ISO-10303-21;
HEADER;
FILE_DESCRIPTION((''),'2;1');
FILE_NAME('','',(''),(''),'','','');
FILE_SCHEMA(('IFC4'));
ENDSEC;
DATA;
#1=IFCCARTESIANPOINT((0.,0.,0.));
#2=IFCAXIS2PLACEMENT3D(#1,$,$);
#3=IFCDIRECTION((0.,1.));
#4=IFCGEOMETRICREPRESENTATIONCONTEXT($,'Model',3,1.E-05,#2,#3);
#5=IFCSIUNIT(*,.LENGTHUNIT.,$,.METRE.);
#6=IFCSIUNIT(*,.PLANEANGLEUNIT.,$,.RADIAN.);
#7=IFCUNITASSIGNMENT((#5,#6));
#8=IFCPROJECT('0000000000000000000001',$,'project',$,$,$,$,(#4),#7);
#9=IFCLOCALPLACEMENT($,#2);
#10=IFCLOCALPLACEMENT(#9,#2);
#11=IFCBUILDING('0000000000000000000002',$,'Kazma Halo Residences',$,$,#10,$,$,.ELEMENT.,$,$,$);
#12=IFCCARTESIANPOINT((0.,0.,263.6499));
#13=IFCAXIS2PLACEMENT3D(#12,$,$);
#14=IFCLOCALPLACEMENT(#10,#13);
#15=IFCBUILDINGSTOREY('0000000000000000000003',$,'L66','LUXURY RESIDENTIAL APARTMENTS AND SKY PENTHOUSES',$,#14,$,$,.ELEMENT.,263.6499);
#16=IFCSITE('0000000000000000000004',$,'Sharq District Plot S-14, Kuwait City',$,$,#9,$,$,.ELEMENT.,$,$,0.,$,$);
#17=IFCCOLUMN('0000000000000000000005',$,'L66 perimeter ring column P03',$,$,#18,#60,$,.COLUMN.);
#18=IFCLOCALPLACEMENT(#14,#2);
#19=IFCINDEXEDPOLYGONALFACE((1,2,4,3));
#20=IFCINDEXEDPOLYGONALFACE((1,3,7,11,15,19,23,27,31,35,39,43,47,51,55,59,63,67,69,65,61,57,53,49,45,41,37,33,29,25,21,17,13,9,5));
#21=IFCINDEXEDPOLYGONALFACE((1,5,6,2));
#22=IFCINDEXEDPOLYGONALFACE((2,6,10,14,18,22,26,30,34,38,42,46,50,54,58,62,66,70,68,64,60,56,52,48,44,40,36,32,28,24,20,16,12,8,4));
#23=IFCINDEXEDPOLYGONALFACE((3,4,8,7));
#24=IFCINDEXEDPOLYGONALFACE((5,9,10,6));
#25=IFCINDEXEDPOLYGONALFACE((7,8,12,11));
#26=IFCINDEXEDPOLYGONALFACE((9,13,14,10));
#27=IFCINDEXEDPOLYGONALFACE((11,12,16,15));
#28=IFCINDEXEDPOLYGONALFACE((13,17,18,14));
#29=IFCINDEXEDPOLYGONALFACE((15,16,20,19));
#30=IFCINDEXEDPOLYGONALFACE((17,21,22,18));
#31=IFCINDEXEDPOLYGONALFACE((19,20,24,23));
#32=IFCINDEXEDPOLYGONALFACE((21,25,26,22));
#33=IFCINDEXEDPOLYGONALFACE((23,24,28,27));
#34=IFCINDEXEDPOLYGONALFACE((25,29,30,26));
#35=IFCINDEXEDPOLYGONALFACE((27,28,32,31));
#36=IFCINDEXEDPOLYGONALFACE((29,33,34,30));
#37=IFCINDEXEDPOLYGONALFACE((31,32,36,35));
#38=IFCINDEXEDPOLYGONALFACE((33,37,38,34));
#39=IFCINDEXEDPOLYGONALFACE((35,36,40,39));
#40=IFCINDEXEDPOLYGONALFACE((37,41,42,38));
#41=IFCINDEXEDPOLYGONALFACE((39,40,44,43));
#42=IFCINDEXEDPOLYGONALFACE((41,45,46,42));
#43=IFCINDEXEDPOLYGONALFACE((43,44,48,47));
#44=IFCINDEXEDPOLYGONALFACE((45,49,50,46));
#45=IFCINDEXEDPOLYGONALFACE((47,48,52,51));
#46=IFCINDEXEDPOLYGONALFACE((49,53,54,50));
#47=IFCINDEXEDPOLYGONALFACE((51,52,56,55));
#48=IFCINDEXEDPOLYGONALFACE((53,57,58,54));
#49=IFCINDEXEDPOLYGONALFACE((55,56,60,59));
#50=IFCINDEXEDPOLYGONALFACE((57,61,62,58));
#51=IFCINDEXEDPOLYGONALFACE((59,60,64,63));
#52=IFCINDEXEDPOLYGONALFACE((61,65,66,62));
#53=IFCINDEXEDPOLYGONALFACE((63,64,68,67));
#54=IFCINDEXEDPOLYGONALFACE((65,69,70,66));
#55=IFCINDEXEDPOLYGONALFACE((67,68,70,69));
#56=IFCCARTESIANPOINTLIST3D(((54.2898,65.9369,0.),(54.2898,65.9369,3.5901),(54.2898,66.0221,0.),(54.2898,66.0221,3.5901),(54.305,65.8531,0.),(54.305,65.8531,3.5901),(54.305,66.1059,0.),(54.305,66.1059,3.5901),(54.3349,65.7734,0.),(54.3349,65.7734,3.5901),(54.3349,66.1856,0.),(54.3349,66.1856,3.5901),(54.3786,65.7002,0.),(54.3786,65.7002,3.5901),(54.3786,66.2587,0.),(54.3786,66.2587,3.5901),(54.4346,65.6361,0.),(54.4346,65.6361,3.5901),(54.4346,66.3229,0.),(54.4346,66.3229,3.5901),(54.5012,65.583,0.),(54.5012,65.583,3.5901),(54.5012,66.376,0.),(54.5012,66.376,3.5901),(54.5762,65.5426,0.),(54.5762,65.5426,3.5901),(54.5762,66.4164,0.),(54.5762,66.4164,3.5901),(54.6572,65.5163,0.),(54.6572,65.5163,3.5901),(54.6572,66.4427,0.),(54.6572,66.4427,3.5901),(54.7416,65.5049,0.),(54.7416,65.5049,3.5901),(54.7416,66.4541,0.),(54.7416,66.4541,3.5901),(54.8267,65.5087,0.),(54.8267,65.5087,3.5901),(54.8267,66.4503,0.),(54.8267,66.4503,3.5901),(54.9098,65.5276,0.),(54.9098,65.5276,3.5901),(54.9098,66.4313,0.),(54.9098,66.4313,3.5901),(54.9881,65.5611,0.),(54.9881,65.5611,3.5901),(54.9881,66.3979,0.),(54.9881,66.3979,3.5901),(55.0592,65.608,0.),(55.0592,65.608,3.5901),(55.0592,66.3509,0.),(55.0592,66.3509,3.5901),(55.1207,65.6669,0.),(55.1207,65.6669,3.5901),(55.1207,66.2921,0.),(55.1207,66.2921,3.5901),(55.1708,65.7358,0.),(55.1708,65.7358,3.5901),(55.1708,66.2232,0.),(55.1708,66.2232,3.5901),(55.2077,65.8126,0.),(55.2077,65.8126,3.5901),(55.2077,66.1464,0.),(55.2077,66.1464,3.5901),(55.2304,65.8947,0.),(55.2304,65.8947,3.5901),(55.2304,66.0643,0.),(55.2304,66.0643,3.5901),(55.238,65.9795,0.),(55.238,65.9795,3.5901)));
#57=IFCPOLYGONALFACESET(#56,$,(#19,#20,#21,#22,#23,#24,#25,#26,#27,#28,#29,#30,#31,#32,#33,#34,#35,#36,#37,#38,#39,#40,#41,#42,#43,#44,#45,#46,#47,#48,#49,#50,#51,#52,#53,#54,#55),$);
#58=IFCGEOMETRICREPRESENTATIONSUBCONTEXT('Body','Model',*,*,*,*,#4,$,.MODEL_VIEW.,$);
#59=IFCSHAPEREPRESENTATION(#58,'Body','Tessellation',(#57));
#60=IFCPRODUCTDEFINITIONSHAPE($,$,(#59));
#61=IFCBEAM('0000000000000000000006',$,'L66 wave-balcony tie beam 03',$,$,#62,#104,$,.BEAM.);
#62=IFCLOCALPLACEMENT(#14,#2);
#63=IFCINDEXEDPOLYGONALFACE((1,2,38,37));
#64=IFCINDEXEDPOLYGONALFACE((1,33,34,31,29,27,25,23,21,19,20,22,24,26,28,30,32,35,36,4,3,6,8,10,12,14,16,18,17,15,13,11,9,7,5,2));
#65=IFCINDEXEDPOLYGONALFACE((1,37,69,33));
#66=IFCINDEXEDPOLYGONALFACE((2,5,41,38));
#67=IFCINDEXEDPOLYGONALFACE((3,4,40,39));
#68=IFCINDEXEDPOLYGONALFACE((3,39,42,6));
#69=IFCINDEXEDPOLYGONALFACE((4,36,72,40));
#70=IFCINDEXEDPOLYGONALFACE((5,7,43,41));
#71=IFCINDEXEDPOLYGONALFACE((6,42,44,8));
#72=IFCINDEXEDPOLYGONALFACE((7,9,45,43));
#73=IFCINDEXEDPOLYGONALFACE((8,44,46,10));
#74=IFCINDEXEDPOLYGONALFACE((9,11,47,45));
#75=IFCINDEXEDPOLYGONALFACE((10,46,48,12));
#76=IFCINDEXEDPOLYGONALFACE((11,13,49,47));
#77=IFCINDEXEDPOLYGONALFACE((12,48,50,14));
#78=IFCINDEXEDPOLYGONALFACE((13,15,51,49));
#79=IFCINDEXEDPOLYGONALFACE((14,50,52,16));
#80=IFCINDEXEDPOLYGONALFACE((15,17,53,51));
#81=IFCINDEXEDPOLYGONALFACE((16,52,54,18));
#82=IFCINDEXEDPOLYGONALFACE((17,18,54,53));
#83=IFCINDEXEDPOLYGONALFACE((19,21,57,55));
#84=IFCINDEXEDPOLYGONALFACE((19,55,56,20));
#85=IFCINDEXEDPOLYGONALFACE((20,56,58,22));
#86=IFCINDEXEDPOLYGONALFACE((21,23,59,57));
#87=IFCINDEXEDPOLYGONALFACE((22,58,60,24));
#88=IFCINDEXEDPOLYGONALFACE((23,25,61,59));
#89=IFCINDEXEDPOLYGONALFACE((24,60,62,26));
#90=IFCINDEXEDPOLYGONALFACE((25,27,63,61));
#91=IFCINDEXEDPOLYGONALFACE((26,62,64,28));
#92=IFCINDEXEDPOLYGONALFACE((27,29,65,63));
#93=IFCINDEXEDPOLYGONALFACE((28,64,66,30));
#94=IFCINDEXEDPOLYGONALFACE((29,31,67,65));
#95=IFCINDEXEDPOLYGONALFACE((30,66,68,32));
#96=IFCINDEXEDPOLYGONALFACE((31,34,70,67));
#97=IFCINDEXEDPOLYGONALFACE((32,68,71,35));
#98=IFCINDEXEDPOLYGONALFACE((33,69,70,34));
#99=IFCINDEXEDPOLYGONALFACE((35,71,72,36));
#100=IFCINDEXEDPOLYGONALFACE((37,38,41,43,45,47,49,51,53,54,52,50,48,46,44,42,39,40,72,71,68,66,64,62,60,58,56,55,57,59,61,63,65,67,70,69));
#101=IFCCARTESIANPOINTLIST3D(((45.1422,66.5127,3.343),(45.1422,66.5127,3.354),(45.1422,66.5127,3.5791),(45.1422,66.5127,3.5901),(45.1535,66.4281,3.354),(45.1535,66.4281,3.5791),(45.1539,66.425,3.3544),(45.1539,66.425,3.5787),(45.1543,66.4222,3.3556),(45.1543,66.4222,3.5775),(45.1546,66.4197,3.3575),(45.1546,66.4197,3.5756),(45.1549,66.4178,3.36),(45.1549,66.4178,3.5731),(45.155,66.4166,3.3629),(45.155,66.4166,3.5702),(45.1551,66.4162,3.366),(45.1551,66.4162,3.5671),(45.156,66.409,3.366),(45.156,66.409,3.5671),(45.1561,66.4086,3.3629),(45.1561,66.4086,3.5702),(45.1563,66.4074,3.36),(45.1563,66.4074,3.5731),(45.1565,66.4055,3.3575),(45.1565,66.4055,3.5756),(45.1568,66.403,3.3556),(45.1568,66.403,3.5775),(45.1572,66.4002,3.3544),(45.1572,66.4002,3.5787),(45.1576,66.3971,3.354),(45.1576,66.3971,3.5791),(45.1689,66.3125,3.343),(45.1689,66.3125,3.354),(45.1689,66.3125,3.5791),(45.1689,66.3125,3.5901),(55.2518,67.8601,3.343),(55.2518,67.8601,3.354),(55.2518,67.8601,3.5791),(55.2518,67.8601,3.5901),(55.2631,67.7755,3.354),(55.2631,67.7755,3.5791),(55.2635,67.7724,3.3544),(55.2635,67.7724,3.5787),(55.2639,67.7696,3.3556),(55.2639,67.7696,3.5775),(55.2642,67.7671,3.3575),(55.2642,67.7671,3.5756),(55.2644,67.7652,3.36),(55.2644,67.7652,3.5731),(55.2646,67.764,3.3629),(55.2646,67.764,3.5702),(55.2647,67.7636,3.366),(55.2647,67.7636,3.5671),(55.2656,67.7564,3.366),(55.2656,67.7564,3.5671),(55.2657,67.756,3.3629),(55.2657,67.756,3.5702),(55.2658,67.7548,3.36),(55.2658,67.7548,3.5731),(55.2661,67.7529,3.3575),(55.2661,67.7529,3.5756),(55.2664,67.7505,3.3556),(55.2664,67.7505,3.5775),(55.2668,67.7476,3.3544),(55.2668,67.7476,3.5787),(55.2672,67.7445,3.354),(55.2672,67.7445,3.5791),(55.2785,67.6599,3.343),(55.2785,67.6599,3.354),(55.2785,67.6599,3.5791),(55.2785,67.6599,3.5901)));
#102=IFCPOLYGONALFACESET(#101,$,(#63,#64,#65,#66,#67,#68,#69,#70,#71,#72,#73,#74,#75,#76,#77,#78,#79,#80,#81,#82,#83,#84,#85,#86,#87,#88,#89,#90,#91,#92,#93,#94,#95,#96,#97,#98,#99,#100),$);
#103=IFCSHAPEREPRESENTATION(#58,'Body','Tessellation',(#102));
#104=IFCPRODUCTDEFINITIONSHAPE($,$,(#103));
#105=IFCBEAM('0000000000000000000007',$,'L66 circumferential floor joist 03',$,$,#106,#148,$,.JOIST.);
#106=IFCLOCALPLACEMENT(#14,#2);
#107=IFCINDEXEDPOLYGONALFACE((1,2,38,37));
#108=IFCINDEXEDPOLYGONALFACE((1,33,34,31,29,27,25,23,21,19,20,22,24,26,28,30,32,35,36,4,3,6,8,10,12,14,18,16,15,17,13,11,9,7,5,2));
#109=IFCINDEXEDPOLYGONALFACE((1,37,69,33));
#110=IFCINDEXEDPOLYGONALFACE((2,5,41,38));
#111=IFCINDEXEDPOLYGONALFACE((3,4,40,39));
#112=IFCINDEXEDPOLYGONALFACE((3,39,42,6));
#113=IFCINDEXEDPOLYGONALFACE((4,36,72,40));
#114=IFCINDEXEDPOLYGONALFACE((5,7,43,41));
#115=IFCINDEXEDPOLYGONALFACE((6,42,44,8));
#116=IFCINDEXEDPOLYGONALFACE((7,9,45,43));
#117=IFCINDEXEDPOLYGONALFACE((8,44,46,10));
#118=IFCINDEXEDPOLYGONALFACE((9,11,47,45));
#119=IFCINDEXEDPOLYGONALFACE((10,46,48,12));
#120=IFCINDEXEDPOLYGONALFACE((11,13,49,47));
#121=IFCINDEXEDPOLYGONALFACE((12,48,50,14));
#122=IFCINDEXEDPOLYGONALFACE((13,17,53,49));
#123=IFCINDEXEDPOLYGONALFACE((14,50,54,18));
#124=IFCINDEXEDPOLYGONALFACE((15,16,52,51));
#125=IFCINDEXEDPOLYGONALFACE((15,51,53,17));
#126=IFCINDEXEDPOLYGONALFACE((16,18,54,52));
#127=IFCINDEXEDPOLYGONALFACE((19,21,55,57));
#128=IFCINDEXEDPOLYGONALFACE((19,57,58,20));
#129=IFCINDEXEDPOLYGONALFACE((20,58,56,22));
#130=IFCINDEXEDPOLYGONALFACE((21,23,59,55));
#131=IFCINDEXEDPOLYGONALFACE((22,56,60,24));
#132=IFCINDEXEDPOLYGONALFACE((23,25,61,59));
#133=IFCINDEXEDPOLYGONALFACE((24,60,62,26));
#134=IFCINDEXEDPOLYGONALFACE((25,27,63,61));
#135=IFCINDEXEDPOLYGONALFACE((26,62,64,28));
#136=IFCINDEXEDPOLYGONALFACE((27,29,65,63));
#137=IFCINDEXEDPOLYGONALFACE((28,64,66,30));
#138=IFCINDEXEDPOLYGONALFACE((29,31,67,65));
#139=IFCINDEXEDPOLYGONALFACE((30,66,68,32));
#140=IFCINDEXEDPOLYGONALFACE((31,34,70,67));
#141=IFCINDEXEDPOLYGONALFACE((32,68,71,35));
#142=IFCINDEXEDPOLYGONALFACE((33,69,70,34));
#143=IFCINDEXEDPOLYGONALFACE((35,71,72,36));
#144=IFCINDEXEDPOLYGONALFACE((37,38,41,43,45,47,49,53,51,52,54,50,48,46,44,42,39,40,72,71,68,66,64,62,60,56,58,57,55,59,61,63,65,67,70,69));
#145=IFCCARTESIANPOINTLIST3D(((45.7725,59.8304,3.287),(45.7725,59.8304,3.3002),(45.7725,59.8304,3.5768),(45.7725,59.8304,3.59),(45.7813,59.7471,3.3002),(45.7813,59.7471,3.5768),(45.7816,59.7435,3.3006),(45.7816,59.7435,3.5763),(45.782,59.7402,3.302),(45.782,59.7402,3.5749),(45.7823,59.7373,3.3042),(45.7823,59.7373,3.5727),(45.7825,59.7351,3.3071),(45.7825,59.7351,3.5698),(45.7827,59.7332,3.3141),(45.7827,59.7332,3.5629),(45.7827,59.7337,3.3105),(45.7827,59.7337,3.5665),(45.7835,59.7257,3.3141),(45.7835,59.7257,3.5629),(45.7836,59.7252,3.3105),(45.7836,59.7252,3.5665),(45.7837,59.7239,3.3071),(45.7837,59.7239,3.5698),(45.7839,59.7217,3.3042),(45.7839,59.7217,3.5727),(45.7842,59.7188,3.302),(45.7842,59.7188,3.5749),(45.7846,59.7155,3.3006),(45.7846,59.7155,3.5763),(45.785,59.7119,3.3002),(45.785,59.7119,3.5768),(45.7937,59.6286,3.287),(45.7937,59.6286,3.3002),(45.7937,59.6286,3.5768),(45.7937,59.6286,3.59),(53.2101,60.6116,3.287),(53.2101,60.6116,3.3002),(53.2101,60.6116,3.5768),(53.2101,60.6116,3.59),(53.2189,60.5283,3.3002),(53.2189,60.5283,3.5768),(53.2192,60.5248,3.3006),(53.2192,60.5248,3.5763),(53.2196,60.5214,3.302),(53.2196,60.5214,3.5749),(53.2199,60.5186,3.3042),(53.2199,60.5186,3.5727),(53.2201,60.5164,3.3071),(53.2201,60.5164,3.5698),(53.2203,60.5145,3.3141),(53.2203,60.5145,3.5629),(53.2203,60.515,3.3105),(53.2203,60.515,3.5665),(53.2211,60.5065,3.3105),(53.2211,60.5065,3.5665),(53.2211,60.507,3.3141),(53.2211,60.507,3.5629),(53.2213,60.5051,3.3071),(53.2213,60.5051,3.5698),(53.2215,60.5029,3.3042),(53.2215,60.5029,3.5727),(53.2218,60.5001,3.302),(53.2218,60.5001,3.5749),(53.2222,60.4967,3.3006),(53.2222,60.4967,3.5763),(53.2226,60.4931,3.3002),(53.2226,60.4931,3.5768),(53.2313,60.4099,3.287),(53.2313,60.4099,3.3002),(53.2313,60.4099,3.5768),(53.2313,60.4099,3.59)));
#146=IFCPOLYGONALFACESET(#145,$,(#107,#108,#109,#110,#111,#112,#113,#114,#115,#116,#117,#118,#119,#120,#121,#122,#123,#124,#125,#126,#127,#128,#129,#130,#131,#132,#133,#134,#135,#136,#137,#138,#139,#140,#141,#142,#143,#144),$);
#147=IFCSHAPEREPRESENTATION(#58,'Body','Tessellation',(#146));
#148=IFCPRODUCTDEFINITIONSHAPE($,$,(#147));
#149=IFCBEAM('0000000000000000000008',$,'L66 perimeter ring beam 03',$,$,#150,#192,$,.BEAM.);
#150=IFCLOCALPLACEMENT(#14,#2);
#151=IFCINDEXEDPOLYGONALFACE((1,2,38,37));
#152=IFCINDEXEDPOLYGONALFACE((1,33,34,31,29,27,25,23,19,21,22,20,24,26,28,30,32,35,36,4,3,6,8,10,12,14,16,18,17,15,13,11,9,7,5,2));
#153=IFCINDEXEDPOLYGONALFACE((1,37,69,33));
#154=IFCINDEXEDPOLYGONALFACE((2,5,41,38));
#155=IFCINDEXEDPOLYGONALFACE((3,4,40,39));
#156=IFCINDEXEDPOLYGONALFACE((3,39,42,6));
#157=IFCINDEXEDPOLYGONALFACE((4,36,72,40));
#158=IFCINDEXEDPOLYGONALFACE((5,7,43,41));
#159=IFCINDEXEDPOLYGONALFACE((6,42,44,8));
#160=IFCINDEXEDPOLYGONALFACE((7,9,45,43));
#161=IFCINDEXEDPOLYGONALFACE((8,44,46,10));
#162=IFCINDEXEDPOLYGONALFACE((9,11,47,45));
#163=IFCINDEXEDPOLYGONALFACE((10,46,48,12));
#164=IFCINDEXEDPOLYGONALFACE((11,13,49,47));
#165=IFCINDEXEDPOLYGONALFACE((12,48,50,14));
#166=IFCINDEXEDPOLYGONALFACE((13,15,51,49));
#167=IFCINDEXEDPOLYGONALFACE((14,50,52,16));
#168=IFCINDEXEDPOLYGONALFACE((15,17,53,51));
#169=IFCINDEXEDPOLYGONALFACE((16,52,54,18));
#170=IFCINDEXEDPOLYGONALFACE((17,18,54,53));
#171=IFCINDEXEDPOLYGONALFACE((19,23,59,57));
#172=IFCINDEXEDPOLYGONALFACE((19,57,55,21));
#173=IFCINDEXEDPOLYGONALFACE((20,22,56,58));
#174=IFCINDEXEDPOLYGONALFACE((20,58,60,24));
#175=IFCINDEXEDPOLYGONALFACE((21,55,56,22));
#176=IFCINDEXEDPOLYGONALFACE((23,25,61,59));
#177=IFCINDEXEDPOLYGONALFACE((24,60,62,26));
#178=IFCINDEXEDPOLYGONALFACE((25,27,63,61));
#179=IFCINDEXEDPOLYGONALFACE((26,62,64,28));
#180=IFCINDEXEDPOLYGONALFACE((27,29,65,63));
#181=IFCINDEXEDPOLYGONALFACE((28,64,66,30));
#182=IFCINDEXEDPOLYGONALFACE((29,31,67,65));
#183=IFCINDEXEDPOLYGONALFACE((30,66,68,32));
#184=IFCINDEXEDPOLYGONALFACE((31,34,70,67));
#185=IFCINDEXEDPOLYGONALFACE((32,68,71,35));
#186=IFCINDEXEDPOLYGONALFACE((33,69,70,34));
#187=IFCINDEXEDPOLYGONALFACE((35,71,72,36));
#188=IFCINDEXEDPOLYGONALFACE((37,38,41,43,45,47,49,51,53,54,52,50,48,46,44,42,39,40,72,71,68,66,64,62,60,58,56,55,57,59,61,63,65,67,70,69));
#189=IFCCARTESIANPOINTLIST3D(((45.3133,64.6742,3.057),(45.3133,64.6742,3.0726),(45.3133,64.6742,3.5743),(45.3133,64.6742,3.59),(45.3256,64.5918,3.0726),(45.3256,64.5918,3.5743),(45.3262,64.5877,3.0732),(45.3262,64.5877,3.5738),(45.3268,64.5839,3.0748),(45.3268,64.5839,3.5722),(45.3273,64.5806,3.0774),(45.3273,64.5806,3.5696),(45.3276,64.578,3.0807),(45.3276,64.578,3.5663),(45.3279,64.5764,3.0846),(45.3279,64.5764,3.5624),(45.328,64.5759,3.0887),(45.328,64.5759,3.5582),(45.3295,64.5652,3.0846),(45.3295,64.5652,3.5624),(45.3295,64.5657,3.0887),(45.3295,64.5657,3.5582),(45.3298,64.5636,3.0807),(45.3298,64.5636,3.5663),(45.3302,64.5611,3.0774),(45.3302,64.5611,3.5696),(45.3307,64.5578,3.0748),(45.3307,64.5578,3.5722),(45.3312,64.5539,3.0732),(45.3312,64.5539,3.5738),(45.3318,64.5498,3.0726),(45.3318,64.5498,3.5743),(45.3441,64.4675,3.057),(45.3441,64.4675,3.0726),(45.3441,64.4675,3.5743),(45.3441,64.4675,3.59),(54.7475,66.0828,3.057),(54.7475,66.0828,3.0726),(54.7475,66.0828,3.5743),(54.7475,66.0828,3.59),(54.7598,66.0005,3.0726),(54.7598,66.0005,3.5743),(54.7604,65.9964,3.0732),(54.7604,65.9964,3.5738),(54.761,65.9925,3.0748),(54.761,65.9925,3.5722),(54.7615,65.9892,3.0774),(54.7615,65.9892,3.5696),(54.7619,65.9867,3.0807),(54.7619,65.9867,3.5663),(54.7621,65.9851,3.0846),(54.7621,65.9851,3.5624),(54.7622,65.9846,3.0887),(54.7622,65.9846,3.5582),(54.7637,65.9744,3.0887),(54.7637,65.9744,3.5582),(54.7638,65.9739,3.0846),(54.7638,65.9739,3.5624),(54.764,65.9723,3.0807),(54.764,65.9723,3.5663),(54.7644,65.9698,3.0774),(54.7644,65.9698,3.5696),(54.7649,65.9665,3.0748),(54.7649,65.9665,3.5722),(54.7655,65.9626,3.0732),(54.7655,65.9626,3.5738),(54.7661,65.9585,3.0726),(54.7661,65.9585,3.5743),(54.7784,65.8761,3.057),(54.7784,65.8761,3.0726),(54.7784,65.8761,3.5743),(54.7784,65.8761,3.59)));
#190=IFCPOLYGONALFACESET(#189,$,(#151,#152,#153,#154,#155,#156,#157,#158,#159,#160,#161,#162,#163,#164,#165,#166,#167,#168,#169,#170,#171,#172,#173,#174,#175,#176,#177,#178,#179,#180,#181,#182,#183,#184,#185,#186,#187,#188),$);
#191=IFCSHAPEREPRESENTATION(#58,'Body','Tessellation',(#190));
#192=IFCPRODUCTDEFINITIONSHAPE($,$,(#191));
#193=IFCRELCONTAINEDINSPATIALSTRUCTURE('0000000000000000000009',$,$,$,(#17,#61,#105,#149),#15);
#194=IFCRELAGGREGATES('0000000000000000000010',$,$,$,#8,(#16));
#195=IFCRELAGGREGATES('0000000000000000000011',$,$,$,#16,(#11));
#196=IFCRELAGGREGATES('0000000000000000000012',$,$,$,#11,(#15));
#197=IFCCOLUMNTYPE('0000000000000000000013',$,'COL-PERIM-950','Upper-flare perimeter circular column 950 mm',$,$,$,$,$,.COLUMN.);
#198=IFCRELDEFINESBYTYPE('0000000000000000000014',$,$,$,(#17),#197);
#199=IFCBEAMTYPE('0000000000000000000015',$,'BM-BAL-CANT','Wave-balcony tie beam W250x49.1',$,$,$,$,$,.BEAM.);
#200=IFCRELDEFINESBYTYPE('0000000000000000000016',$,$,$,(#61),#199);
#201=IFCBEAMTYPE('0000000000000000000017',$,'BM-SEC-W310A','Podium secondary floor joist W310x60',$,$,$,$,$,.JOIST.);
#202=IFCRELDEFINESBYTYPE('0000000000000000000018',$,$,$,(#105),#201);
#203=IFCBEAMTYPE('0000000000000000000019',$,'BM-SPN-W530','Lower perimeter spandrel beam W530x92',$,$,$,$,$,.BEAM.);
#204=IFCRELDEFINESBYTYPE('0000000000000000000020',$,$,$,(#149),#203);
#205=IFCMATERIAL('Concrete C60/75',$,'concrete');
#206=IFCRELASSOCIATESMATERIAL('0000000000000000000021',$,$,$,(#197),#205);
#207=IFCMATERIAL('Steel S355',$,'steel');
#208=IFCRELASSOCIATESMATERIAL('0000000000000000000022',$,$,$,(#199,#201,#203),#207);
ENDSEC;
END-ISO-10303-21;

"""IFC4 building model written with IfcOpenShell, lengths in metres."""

from ifc_helpers import new_model, si_unit, direction, frame, origin, origin_2d, place, context, subcontext, project, spatial, circle, i_section, extrude, material, material_profile, profile_set, type_object, element, save


model = new_model("IFC4")

# Units and contexts
model_context = context("Model", 3, precision=1e-05, world=origin(), true_north=direction((0.0, 1.0)))
body_context = subcontext(model_context, "Body", "Model", "MODEL_VIEW")
ifc_project = project(units=[si_unit("LENGTHUNIT", "METRE"), si_unit("PLANEANGLEUNIT", "RADIAN")], contexts=[model_context])

# Site, building, storey
site_placement = place(None, origin())
site = spatial("IfcSite", under=ifc_project, at=site_placement, Name="Sharq District Plot S-14, Kuwait City", CompositionType="ELEMENT", RefElevation=0.0)
building_placement = place(site_placement, origin())
building = spatial("IfcBuilding", under=site, at=building_placement, Name="Kazma Halo Residences", CompositionType="ELEMENT")
storey_placement = place(building_placement, frame((0.0, 0.0, 263.6499)))
storey = spatial("IfcBuildingStorey", under=building, at=storey_placement, Name="L66", Description="LUXURY RESIDENTIAL APARTMENTS AND SKY PENTHOUSES", CompositionType="ELEMENT", Elevation=263.6499)

# Column
ifc_material_1 = material(Name="Concrete C60/75", Category="concrete")
ifc_material_profile_1 = material_profile(ifc_material_1, circle(Radius=0.4751, at=origin_2d()), Name="CIRC950")
ifc_profile_set_1 = profile_set([ifc_material_profile_1], Name="Concrete C60/75")
column_type = type_object("IfcColumnType", Name="COL-PERIM-950", Description="Upper-flare perimeter circular column 950 mm", PredefinedType="COLUMN", material=ifc_profile_set_1)
column_placement = place(storey_placement, frame((54.7629, 65.9795, 0.0), z_axis=(0.0, 0.0, 1.0), x_axis=(1.0, 0.0, 0.0)))
element("IfcColumn", 1, at=column_placement, inside=storey, type_object=column_type, Name="L66 perimeter ring column P03", PredefinedType="COLUMN", context=body_context, shape_type="SweptSolid", body=[
    extrude(circle(Radius=0.4751, at=origin_2d()), origin(), (0.0, 0.0, 1.0), 3.5901),
])

# Beams
ifc_material_2 = material(Name="Steel S355", Category="steel")
ifc_material_profile_2 = material_profile(ifc_material_2, i_section(OverallWidth=0.2019, OverallDepth=0.2471, WebThickness=0.0073, FlangeThickness=0.011, FilletRadius=0.012, at=origin_2d()), Name="W250x49.1")
ifc_profile_set_2 = profile_set([ifc_material_profile_2], Name="Steel S355")
beam_type_1 = type_object("IfcBeamType", Name="BM-BAL-CANT", Description="Wave-balcony tie beam W250x49.1", PredefinedType="BEAM", material=ifc_profile_set_2)
beam_1_placement = place(storey_placement, frame((55.2651, 67.76, 3.4666), z_axis=(-0.991235, -0.132112, 0.0), x_axis=(0.132112, -0.991235, 0.0)))
element("IfcBeam", 2, at=beam_1_placement, inside=storey, type_object=beam_type_1, Name="L66 wave-balcony tie beam 03", PredefinedType="BEAM", context=body_context, shape_type="SweptSolid", body=[
    extrude(i_section(OverallWidth=0.2019, OverallDepth=0.2471, WebThickness=0.0073, FlangeThickness=0.011, FilletRadius=0.012, at=origin_2d()), origin(), (0.0, 0.0, 1.0), 10.199),
])
ifc_material_profile_3 = material_profile(ifc_material_2, i_section(OverallWidth=0.2029, OverallDepth=0.303, WebThickness=0.0076, FlangeThickness=0.0132, FilletRadius=0.0139, at=origin_2d()), Name="W310x60")
ifc_profile_set_3 = profile_set([ifc_material_profile_3], Name="Steel S355")
beam_type_2 = type_object("IfcBeamType", Name="BM-SEC-W310A", Description="Podium secondary floor joist W310x60", PredefinedType="JOIST", material=ifc_profile_set_3)
beam_2_placement = place(storey_placement, frame((53.2207, 60.5107, 3.4385), z_axis=(-0.994528, -0.104467, 0.0), x_axis=(0.104467, -0.994528, 0.0)))
element("IfcBeam", 3, at=beam_2_placement, inside=storey, type_object=beam_type_2, Name="L66 circumferential floor joist 03", PredefinedType="JOIST", context=body_context, shape_type="SweptSolid", body=[
    extrude(i_section(OverallWidth=0.2029, OverallDepth=0.303, WebThickness=0.0076, FlangeThickness=0.0132, FilletRadius=0.0139, at=origin_2d()), origin(), (0.0, 0.0, 1.0), 7.4785),
])
ifc_material_profile_4 = material_profile(ifc_material_2, i_section(OverallWidth=0.209, OverallDepth=0.533, WebThickness=0.0103, FlangeThickness=0.0156, FilletRadius=0.0161, at=origin_2d()), Name="W530x92")
ifc_profile_set_4 = profile_set([ifc_material_profile_4], Name="Steel S355")
beam_type_3 = type_object("IfcBeamType", Name="BM-SPN-W530", Description="Lower perimeter spandrel beam W530x92", PredefinedType="BEAM", material=ifc_profile_set_4)
beam_3_placement = place(storey_placement, frame((54.7629, 65.9795, 3.3235), z_axis=(-0.989035, -0.147678, 0.0), x_axis=(0.147678, -0.989035, 0.0)))
element("IfcBeam", 4, at=beam_3_placement, inside=storey, type_object=beam_type_3, Name="L66 perimeter ring beam 03", PredefinedType="BEAM", context=body_context, shape_type="SweptSolid", body=[
    extrude(i_section(OverallWidth=0.209, OverallDepth=0.533, WebThickness=0.0103, FlangeThickness=0.0156, FilletRadius=0.0161, at=origin_2d()), origin(), (0.0, 0.0, 1.0), 9.5388),
])

save(model, "model.ifc")
